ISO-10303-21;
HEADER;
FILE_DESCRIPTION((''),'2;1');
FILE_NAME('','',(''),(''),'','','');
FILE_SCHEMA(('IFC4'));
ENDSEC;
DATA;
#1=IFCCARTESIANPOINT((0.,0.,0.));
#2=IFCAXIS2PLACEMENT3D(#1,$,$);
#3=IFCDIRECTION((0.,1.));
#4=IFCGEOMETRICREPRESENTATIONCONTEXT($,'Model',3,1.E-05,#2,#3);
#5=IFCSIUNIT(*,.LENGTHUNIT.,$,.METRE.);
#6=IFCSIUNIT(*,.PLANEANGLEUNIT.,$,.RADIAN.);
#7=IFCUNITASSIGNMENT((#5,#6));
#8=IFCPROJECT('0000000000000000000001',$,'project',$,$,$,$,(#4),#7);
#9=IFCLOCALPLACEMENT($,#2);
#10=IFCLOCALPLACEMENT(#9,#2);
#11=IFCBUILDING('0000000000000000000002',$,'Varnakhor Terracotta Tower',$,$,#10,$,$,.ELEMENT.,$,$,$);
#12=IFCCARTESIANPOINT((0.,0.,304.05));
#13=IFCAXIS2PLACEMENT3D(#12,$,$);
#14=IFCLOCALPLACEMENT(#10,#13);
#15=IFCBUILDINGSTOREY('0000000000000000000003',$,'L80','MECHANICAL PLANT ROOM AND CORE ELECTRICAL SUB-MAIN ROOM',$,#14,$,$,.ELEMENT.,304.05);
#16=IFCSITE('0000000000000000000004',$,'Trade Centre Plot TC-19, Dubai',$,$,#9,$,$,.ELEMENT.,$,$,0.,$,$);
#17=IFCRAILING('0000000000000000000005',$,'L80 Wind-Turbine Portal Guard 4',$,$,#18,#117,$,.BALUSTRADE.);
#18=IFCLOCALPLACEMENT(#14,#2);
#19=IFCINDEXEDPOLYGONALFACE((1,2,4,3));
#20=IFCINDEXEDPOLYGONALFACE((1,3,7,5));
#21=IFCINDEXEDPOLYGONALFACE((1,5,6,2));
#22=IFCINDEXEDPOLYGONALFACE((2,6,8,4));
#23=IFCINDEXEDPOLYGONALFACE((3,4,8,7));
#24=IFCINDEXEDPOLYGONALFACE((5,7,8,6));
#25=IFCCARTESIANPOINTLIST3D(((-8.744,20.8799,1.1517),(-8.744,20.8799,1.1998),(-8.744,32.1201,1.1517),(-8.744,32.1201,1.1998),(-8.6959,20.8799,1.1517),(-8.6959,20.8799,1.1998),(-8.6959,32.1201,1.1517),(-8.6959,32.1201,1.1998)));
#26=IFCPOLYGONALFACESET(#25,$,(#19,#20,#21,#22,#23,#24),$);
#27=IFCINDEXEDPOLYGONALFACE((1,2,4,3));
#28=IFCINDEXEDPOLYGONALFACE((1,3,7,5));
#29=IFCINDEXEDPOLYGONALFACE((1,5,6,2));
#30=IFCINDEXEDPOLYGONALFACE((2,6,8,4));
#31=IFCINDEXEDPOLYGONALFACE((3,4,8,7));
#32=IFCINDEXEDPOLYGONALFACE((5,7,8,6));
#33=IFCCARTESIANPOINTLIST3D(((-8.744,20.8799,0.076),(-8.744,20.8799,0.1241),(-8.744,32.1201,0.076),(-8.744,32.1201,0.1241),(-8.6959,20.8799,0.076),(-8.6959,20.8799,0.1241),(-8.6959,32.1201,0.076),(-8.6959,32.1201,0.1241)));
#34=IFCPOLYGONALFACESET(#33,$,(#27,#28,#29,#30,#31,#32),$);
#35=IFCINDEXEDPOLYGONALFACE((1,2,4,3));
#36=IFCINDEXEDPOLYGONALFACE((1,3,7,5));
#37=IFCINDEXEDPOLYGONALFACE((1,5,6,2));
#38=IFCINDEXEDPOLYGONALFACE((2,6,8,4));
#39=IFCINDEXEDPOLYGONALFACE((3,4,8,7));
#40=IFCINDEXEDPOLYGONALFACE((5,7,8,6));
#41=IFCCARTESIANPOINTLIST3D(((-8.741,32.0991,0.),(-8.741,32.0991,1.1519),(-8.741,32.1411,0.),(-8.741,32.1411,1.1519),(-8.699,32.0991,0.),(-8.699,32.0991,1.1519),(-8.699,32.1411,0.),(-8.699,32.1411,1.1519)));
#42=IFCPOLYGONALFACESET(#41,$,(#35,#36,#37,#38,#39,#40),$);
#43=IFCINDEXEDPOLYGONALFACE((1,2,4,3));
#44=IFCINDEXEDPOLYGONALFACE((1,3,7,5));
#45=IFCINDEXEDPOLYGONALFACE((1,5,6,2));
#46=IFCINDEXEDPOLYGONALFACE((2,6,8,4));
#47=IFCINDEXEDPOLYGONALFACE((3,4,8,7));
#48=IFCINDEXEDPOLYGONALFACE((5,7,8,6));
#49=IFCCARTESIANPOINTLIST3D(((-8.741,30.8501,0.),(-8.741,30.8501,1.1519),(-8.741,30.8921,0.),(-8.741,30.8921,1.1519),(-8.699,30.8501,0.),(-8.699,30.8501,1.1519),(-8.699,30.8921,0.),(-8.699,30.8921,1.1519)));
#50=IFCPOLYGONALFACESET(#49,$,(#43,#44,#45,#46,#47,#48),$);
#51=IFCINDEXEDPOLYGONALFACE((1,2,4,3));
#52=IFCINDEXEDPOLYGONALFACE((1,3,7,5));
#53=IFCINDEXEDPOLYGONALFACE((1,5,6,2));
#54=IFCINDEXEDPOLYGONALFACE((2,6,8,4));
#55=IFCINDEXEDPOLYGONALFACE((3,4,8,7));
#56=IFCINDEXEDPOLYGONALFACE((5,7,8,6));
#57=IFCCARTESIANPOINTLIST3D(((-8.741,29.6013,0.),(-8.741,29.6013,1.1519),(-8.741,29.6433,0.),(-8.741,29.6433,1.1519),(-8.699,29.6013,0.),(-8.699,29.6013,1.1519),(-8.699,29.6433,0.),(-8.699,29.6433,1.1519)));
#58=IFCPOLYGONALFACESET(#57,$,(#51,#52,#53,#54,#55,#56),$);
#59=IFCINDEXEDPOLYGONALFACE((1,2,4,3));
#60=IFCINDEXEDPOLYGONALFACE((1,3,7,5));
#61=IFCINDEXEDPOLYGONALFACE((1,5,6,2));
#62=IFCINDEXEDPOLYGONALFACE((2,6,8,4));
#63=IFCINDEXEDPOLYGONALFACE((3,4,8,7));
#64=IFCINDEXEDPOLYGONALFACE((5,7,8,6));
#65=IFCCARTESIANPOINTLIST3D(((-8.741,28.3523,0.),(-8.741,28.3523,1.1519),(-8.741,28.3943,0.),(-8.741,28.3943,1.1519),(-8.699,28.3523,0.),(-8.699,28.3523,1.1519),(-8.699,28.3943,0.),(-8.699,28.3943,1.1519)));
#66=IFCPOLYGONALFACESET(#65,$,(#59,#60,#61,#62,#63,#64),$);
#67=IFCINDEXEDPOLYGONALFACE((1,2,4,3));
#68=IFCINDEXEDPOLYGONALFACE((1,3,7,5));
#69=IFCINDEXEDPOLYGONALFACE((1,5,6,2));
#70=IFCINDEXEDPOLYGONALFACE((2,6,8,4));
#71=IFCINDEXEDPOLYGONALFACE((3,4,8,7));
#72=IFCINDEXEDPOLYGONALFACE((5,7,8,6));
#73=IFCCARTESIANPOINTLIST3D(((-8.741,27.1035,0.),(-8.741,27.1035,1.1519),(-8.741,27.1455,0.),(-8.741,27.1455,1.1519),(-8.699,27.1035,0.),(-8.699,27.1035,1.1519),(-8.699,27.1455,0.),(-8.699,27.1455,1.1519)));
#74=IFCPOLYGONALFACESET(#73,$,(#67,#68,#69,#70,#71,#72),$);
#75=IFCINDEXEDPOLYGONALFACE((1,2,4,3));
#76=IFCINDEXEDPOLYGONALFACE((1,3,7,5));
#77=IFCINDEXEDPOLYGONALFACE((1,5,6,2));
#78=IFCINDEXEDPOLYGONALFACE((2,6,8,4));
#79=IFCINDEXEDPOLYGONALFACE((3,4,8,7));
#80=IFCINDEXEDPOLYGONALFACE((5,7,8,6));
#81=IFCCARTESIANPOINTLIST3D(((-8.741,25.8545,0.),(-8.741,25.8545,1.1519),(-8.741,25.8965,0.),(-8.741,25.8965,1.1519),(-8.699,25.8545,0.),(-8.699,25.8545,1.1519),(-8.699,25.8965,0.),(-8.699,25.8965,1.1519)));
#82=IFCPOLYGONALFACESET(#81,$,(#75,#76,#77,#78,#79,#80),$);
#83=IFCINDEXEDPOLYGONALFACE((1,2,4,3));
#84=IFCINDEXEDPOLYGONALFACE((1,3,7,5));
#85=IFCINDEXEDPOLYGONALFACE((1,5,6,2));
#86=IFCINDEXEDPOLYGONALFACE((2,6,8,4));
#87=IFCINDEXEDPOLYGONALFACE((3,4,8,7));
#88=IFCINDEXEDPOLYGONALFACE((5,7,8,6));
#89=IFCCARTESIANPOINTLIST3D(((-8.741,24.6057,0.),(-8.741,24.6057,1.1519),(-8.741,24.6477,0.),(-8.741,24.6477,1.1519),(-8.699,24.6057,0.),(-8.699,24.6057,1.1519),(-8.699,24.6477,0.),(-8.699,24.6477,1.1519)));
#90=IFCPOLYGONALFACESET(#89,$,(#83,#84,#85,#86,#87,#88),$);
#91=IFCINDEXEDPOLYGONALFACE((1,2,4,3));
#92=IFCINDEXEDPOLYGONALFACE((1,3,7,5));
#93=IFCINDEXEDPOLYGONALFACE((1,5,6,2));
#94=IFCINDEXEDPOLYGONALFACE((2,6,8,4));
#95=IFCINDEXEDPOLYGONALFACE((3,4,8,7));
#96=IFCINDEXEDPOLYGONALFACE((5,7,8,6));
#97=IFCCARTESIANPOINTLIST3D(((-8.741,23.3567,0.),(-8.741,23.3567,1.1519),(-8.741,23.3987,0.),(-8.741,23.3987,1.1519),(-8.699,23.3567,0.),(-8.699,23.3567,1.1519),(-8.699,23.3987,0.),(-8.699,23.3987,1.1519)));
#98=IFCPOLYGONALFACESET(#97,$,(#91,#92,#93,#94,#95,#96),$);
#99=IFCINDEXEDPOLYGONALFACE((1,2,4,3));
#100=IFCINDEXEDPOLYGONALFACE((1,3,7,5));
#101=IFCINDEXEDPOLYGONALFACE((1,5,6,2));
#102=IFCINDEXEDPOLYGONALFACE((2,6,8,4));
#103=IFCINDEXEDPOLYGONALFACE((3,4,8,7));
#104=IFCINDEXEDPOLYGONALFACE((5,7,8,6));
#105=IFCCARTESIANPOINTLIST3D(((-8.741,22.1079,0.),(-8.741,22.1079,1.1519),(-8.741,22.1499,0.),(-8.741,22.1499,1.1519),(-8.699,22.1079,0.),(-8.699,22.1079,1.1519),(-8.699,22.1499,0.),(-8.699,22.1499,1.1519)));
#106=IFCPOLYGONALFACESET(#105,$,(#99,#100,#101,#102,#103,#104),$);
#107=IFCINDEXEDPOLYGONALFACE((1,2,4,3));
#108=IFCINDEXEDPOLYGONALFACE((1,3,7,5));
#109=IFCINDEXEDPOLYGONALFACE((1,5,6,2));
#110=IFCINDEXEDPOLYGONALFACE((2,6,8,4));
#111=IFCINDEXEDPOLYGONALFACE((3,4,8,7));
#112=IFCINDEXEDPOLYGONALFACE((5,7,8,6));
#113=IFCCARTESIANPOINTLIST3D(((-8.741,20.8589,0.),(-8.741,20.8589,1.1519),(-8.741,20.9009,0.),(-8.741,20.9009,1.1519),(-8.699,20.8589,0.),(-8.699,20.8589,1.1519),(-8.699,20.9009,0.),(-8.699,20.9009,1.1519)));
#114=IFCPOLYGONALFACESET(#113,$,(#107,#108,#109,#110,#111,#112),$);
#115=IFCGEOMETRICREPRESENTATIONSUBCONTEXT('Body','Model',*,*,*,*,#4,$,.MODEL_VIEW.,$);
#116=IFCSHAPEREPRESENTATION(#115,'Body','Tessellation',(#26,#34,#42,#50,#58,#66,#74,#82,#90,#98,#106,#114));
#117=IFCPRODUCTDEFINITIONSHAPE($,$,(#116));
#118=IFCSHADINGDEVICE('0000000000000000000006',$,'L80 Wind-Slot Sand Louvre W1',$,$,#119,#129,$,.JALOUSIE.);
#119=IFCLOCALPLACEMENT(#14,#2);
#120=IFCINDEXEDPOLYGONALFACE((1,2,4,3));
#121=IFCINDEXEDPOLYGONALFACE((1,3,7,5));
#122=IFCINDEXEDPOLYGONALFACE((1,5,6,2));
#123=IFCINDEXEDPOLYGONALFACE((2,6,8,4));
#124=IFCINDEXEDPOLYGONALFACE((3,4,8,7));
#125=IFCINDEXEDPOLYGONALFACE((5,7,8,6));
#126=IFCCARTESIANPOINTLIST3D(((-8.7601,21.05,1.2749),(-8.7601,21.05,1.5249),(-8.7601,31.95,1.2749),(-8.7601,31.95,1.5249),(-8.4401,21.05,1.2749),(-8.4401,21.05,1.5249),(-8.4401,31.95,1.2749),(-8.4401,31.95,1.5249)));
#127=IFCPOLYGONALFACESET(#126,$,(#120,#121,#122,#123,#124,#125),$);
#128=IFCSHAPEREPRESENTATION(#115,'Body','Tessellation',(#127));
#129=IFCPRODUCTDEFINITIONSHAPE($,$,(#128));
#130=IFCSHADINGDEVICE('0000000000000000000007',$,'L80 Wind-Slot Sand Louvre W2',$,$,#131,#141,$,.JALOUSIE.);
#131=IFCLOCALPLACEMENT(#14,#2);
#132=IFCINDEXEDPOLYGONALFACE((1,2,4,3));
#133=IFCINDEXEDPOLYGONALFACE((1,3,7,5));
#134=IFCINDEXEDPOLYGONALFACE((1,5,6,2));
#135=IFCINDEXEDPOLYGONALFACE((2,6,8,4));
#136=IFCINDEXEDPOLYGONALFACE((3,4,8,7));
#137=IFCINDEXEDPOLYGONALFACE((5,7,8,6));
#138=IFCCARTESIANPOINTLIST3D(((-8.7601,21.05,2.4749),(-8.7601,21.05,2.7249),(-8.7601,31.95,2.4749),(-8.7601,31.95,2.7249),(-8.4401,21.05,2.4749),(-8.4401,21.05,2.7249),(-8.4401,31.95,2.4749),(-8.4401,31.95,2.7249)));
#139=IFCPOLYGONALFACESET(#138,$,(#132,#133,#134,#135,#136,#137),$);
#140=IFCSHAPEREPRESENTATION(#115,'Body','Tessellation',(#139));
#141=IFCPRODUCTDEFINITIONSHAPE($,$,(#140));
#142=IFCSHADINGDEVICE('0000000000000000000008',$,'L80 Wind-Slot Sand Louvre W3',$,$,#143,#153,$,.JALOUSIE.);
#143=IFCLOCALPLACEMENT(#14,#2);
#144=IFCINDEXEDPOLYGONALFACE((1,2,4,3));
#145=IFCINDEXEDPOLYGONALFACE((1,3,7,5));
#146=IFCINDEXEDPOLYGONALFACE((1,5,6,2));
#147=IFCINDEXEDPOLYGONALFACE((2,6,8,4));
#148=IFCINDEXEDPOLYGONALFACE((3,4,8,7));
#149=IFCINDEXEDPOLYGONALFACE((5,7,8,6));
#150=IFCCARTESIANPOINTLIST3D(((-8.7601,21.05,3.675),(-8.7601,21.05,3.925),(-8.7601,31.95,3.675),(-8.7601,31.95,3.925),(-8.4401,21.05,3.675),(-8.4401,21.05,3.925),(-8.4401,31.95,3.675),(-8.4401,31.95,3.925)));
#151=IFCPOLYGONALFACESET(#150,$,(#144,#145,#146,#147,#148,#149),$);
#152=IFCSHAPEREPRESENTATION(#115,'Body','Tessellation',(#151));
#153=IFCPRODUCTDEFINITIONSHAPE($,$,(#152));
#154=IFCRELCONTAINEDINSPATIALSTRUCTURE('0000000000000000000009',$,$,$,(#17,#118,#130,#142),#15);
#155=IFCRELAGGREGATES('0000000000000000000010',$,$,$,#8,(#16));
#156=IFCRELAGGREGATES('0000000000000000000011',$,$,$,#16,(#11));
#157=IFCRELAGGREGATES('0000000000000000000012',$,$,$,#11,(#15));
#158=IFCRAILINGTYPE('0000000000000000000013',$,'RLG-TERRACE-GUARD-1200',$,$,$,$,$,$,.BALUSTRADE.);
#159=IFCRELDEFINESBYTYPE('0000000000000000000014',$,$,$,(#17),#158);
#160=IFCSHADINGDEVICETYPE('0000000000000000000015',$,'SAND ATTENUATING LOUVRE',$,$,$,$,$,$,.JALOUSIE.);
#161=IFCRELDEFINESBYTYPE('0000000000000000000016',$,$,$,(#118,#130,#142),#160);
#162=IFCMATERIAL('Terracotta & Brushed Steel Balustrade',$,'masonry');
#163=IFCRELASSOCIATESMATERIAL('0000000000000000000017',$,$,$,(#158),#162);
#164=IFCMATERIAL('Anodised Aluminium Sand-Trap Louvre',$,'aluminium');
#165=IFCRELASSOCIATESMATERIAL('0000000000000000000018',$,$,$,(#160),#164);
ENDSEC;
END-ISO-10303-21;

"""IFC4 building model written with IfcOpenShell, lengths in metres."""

from ifc_helpers import new_model, si_unit, direction, frame, origin, origin_2d, place, context, subcontext, project, spatial, rectangle, extrude, source, transform, mapped, material, type_object, type_shapes, element, save


model = new_model("IFC4")

# Units and contexts
model_context = context("Model", 3, precision=1e-05, world=origin(), true_north=direction((0.0, 1.0)))
body_context = subcontext(model_context, "Body", "Model", "MODEL_VIEW")
ifc_project = project(units=[si_unit("LENGTHUNIT", "METRE"), si_unit("PLANEANGLEUNIT", "RADIAN")], contexts=[model_context])

# Site, building, storey
site_placement = place(None, origin())
site = spatial("IfcSite", under=ifc_project, at=site_placement, Name="Trade Centre Plot TC-19, Dubai", CompositionType="ELEMENT", RefElevation=0.0)
building_placement = place(site_placement, origin())
building = spatial("IfcBuilding", under=site, at=building_placement, Name="Varnakhor Terracotta Tower", CompositionType="ELEMENT")
storey_placement = place(building_placement, frame((0.0, 0.0, 304.05)))
storey = spatial("IfcBuildingStorey", under=building, at=storey_placement, Name="L80", Description="MECHANICAL PLANT ROOM AND CORE ELECTRICAL SUB-MAIN ROOM", CompositionType="ELEMENT", Elevation=304.05)

# Railing
ifc_material_1 = material(Name="Terracotta & Brushed Steel Balustrade", Category="masonry")
railing_type = type_object("IfcRailingType", Name="RLG-TERRACE-GUARD-1200", PredefinedType="BALUSTRADE", material=ifc_material_1)
railing_placement = place(storey_placement, frame((-8.72, 32.1201, 0.0)))
element("IfcRailing", 1, at=railing_placement, inside=storey, type_object=railing_type, Name="L80 Wind-Turbine Portal Guard 4", PredefinedType="BALUSTRADE", context=body_context, shape_type="SweptSolid", body=[
    extrude(rectangle(XDim=0.0481, YDim=0.0481, at=origin_2d()), frame((0.0, 0.0, 1.1758), z_axis=(0.0, -1.0, 0.0), x_axis=(1.0, 0.0, 0.0)), (0.0, 0.0, 1.0), 11.2402),
    extrude(rectangle(XDim=0.0481, YDim=0.0481, at=origin_2d()), frame((0.0, 0.0, 0.1001), z_axis=(0.0, -1.0, 0.0), x_axis=(1.0, 0.0, 0.0)), (0.0, 0.0, 1.0), 11.2402),
    extrude(rectangle(XDim=0.042, YDim=0.042, at=origin_2d()), origin(), (0.0, 0.0, 1.0), 1.1519),
    extrude(rectangle(XDim=0.042, YDim=0.042, at=origin_2d()), frame((0.0, -1.249, 0.0)), (0.0, 0.0, 1.0), 1.1519),
    extrude(rectangle(XDim=0.042, YDim=0.042, at=origin_2d()), frame((0.0, -2.4978, 0.0)), (0.0, 0.0, 1.0), 1.1519),
    extrude(rectangle(XDim=0.042, YDim=0.042, at=origin_2d()), frame((0.0, -3.7468, 0.0)), (0.0, 0.0, 1.0), 1.1519),
    extrude(rectangle(XDim=0.042, YDim=0.042, at=origin_2d()), frame((0.0, -4.9956, 0.0)), (0.0, 0.0, 1.0), 1.1519),
    extrude(rectangle(XDim=0.042, YDim=0.042, at=origin_2d()), frame((0.0, -6.2446, 0.0)), (0.0, 0.0, 1.0), 1.1519),
    extrude(rectangle(XDim=0.042, YDim=0.042, at=origin_2d()), frame((0.0, -7.4934, 0.0)), (0.0, 0.0, 1.0), 1.1519),
    extrude(rectangle(XDim=0.042, YDim=0.042, at=origin_2d()), frame((0.0, -8.7424, 0.0)), (0.0, 0.0, 1.0), 1.1519),
    extrude(rectangle(XDim=0.042, YDim=0.042, at=origin_2d()), frame((0.0, -9.9912, 0.0)), (0.0, 0.0, 1.0), 1.1519),
    extrude(rectangle(XDim=0.042, YDim=0.042, at=origin_2d()), frame((0.0, -11.2402, 0.0)), (0.0, 0.0, 1.0), 1.1519),
])

# Shading devices
ifc_material_2 = material(Name="Anodised Aluminium Sand-Trap Louvre", Category="aluminium")
shading_device_type = type_object("IfcShadingDeviceType", Name="SAND ATTENUATING LOUVRE", PredefinedType="JALOUSIE", material=ifc_material_2)
shared_shape_1 = source(origin(), body_context, "Body", "SweptSolid", [
    extrude(rectangle(XDim=0.3201, YDim=10.8999, at=origin_2d()), origin(), (0.0, 0.0, 1.0), 0.25),
])
type_shapes(shading_device_type, [shared_shape_1])
for number, where, z_axis, x_axis, name in (
    (2, (-8.6001, 26.5, 1.2749), (0.0, 0.0, 1.0), (1.0, 0.0, 0.0), "L80 Wind-Slot Sand Louvre W1"),
    (3, (-8.6001, 26.5, 2.4749), (0.0, 0.0, 1.0), (1.0, 0.0, 0.0), "L80 Wind-Slot Sand Louvre W2"),
    (4, (-8.6001, 26.5, 3.675), (0.0, 0.0, 1.0), (1.0, 0.0, 0.0), "L80 Wind-Slot Sand Louvre W3"),
):
    element("IfcShadingDevice", number, at=place(storey_placement, frame(where, z_axis=z_axis, x_axis=x_axis)), inside=storey, type_object=shading_device_type, Name=name, PredefinedType="JALOUSIE", context=body_context, shape_type="MappedRepresentation", body=[
        mapped(shared_shape_1, transform((0.0, 0.0, 0.0), scale=1.0)),
    ])

save(model, "model.ifc")
